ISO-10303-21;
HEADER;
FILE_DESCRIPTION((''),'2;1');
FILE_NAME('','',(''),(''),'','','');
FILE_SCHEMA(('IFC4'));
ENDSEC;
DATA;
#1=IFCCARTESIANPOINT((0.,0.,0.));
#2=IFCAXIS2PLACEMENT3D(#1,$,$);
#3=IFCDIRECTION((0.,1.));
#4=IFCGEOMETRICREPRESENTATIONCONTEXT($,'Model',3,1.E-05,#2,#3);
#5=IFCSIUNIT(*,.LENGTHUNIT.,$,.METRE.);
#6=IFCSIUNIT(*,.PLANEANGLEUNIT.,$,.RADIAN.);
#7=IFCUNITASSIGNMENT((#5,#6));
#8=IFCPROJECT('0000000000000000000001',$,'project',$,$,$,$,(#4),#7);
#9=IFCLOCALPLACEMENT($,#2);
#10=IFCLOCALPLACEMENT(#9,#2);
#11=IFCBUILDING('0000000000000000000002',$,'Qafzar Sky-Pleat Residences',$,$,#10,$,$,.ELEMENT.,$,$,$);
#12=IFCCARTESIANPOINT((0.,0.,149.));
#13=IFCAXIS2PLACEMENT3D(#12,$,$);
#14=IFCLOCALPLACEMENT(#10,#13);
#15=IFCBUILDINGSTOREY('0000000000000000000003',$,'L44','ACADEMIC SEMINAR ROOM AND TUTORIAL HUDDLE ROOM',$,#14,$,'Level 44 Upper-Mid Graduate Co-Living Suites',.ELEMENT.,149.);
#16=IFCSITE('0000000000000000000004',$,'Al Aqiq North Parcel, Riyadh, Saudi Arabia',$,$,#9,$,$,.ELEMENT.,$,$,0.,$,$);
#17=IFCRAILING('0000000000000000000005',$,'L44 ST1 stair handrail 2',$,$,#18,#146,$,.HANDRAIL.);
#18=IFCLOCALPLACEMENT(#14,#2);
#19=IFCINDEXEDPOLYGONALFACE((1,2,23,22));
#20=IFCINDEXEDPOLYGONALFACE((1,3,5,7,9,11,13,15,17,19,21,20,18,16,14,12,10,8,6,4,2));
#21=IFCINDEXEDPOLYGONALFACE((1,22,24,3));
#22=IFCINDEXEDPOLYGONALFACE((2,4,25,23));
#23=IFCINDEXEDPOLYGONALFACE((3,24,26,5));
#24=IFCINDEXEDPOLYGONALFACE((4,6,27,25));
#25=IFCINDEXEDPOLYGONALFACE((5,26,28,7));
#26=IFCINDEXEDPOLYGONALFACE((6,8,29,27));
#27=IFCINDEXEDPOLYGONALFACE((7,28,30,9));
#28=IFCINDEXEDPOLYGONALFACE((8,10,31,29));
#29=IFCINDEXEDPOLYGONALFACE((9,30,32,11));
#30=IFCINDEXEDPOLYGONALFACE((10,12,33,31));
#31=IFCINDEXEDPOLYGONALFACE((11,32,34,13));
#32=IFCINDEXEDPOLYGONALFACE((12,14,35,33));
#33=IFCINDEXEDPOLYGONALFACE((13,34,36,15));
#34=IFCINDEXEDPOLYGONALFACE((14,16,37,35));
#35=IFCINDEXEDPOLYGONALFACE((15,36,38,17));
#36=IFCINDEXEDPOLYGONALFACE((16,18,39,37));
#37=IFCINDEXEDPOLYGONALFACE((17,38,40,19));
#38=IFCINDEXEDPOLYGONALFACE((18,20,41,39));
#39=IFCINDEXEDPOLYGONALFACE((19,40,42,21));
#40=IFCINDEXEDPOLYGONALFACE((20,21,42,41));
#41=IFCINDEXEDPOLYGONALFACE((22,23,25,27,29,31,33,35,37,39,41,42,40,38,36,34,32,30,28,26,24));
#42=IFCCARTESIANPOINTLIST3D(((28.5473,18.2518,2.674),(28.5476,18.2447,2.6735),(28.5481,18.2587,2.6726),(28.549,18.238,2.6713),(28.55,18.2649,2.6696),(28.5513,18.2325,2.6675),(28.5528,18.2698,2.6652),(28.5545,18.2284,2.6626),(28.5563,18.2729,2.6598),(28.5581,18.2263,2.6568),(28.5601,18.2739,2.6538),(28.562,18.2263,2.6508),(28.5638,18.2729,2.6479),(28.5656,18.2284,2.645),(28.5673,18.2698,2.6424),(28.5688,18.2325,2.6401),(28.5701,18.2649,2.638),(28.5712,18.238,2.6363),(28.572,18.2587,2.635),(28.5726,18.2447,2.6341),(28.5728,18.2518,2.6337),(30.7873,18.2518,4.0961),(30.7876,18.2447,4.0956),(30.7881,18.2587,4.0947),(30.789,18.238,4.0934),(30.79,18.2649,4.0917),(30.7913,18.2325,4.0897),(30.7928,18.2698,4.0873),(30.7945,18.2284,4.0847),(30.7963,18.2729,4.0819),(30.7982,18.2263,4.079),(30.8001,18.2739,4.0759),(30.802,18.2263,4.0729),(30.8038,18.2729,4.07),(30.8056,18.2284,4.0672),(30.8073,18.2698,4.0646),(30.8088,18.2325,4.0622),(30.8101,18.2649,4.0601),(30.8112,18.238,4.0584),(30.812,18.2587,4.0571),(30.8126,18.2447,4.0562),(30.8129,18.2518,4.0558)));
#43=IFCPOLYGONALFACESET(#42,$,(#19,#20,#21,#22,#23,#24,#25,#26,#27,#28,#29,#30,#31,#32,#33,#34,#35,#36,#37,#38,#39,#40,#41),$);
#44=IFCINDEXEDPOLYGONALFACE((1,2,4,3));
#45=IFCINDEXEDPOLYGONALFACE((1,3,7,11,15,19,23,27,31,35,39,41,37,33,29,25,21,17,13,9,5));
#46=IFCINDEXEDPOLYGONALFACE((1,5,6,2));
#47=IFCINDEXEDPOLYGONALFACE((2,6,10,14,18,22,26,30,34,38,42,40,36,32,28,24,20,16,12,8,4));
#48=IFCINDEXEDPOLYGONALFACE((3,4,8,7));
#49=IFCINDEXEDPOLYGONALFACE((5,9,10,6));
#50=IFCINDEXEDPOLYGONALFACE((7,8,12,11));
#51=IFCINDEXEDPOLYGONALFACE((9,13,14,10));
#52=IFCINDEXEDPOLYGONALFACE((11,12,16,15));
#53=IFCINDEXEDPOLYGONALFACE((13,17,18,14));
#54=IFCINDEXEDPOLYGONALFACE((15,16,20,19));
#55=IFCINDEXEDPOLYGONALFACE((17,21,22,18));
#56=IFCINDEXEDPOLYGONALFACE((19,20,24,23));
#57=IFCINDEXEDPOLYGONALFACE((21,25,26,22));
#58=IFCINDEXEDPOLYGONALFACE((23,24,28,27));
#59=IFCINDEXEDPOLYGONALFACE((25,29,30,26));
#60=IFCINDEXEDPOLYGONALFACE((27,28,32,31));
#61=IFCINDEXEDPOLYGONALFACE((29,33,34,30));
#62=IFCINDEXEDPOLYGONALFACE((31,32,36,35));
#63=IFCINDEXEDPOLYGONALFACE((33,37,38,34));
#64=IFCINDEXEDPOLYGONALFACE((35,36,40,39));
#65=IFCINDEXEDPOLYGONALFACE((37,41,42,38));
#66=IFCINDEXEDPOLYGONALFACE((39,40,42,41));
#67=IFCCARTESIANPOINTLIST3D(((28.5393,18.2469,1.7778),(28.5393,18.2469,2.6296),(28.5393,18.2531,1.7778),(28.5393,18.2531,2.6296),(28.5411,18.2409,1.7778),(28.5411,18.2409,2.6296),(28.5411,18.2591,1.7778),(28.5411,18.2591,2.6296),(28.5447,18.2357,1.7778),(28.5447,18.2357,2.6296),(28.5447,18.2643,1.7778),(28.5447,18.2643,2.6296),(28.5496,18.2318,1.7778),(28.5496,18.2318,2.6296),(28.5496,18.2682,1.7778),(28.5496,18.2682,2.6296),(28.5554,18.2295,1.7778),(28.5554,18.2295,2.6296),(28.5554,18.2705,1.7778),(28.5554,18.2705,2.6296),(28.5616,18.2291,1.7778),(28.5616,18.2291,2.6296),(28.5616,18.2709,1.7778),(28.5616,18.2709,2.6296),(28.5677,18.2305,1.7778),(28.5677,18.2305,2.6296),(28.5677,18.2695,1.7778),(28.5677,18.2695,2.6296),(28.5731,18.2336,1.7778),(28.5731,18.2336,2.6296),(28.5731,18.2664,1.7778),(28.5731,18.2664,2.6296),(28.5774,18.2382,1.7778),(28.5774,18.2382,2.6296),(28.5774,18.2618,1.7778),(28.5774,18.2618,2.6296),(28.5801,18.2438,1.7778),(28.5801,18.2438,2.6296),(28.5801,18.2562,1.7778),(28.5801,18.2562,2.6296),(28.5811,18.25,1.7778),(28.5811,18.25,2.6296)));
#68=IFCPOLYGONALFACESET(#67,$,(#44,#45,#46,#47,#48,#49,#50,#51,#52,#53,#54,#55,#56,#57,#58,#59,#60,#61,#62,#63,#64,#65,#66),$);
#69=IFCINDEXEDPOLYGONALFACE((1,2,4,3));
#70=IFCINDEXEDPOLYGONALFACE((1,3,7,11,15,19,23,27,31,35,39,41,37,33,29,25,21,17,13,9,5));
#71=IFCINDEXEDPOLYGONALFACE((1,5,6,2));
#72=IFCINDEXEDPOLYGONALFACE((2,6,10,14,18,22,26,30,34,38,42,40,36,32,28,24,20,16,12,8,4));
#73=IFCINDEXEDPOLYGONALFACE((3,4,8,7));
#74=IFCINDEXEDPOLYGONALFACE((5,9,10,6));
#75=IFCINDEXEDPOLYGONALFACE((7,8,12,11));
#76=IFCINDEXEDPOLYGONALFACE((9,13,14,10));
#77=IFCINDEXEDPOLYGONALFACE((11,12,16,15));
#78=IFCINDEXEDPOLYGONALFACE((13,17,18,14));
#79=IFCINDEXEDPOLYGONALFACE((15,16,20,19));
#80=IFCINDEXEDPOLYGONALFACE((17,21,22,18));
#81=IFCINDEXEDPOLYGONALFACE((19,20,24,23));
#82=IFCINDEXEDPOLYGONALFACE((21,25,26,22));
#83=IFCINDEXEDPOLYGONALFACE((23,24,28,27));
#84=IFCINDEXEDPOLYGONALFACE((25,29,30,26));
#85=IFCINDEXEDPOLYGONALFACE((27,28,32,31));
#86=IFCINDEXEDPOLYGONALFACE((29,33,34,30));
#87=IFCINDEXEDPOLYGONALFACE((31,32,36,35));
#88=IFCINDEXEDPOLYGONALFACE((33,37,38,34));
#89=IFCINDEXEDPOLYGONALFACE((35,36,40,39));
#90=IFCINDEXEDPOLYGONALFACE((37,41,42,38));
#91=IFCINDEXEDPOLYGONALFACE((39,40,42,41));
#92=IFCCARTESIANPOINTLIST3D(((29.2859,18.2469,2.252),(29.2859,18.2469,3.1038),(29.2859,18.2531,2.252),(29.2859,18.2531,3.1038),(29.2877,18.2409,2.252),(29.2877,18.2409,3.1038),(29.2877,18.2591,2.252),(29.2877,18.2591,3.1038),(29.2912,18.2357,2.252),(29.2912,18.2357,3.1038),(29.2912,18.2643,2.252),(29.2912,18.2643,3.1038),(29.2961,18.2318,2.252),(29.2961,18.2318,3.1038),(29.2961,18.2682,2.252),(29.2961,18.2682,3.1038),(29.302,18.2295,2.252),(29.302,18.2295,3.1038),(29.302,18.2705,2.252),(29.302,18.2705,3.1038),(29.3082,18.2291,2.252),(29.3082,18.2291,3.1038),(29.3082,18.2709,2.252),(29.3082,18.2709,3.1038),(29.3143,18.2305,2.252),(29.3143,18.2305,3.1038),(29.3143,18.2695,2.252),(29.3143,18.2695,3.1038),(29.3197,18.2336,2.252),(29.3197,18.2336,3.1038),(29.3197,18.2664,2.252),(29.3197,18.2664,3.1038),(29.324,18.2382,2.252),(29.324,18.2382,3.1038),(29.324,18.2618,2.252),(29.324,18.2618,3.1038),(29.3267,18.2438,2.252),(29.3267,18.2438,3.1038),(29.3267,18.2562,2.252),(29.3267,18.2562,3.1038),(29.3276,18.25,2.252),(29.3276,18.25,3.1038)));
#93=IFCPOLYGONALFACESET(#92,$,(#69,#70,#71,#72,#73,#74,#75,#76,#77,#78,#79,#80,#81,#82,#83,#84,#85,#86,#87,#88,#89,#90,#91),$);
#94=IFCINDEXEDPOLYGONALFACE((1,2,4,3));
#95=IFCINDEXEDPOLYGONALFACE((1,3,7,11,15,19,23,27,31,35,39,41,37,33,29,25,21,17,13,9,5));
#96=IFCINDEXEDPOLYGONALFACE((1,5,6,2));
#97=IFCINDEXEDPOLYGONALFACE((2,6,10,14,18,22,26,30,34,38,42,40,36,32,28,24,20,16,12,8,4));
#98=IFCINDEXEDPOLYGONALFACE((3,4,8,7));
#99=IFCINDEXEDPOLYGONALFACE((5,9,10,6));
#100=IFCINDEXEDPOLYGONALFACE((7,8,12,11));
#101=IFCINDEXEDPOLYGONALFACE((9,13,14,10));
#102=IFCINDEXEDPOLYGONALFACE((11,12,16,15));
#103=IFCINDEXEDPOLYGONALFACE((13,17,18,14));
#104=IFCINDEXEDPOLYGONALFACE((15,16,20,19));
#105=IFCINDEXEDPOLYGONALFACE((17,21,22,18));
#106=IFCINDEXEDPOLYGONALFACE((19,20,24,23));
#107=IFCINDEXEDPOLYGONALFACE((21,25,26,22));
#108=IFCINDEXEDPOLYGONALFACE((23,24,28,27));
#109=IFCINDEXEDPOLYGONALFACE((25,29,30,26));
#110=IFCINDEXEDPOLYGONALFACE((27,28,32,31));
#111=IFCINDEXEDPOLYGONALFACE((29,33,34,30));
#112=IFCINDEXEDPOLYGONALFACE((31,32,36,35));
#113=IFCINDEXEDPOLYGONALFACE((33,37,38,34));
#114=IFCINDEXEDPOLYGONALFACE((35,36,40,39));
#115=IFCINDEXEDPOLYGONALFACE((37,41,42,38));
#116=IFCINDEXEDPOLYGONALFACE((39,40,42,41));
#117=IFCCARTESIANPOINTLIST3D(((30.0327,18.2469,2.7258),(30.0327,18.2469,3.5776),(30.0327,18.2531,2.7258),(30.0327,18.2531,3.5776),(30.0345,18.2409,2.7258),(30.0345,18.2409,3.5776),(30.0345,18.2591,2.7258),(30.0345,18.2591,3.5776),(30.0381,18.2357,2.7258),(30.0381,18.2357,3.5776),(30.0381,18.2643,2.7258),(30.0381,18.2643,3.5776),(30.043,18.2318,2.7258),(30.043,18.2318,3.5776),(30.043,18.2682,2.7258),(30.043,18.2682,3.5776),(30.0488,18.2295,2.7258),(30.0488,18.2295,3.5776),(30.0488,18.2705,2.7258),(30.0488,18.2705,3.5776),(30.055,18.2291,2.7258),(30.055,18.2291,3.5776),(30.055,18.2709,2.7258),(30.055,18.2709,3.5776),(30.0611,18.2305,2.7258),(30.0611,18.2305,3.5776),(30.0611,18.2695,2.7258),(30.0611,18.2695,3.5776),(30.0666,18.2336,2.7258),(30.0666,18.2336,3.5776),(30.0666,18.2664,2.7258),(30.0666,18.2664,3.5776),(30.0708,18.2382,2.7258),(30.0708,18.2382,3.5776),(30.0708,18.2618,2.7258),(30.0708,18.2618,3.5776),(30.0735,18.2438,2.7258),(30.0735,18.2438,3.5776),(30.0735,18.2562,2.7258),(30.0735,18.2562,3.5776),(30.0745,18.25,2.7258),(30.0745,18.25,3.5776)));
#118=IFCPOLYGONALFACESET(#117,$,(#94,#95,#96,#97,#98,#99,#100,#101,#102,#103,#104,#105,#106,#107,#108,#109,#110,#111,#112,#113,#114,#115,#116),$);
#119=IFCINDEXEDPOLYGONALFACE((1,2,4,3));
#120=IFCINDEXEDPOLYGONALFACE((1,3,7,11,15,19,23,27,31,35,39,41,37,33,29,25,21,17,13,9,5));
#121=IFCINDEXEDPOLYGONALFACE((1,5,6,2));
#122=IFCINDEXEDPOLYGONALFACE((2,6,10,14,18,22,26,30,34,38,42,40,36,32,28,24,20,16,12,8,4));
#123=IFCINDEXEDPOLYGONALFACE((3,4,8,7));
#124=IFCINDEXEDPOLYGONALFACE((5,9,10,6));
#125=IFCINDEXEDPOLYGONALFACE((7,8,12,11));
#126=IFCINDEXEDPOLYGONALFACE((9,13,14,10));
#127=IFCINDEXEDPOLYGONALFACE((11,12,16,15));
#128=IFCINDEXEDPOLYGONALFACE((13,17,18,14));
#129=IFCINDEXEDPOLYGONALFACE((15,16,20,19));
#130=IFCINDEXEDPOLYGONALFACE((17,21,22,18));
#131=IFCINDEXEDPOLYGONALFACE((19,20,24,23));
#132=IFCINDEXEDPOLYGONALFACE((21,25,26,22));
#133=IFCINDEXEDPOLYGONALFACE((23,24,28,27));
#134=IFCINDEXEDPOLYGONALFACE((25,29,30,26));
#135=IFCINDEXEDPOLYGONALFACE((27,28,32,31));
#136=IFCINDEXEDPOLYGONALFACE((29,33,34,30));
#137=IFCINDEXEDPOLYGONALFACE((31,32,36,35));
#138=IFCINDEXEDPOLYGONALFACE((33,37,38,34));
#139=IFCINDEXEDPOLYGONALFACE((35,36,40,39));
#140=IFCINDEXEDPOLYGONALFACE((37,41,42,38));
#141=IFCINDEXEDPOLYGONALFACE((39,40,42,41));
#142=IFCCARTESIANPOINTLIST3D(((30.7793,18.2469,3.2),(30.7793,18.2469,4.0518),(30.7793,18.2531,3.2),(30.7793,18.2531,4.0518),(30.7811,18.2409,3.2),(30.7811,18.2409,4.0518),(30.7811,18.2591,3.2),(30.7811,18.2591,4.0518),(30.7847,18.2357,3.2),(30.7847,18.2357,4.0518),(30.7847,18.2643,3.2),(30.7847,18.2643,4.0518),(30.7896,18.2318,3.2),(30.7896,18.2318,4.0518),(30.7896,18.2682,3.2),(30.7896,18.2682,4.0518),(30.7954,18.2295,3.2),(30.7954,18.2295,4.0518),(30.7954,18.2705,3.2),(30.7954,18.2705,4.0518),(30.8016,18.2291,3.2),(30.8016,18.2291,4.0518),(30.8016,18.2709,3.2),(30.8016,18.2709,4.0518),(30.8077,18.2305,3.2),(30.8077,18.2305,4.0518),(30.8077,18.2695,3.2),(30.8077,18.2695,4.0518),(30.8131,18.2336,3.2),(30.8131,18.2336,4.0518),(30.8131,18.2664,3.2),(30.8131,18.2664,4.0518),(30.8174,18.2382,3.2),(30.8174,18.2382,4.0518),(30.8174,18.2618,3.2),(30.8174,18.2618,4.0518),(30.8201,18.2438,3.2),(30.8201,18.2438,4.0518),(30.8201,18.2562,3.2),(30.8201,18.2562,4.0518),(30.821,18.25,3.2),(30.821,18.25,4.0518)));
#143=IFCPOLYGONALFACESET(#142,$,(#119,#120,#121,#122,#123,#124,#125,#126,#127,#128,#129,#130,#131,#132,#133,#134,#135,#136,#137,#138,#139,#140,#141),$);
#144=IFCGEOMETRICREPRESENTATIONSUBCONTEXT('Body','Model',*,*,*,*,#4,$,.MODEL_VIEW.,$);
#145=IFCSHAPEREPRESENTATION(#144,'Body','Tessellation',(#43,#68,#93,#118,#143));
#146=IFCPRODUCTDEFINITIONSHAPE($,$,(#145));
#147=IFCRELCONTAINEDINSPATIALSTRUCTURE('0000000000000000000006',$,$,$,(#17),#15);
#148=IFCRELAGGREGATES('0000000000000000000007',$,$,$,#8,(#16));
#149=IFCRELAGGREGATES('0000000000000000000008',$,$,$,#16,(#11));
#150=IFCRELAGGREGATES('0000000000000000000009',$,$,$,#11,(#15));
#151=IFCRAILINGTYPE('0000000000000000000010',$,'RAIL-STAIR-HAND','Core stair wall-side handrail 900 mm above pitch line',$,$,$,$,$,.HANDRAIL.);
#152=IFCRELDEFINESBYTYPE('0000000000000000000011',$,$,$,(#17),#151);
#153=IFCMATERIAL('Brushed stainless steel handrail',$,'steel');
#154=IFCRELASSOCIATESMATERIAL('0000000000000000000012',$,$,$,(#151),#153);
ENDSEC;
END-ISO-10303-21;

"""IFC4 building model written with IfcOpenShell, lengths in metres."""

from ifc_helpers import new_model, si_unit, direction, frame, origin, origin_2d, place, context, subcontext, project, spatial, circle, extrude, source, transform, mapped, material, type_object, element, save


model = new_model("IFC4")

# Units and contexts
model_context = context("Model", 3, precision=1e-05, world=origin(), true_north=direction((0.0, 1.0)))
body_context = subcontext(model_context, "Body", "Model", "MODEL_VIEW")
ifc_project = project(units=[si_unit("LENGTHUNIT", "METRE"), si_unit("PLANEANGLEUNIT", "RADIAN")], contexts=[model_context])

# Site, building, storey
site_placement = place(None, origin())
site = spatial("IfcSite", under=ifc_project, at=site_placement, Name="Al Aqiq North Parcel, Riyadh, Saudi Arabia", CompositionType="ELEMENT", RefElevation=0.0)
building_placement = place(site_placement, origin())
building = spatial("IfcBuilding", under=site, at=building_placement, Name="Qafzar Sky-Pleat Residences", CompositionType="ELEMENT")
storey_placement = place(building_placement, frame((0.0, 0.0, 149.0)))
storey = spatial("IfcBuildingStorey", under=building, at=storey_placement, Name="L44", Description="ACADEMIC SEMINAR ROOM AND TUTORIAL HUDDLE ROOM", LongName="Level 44 Upper-Mid Graduate Co-Living Suites", CompositionType="ELEMENT", Elevation=149.0)

# Railing
ifc_material_1 = material(Name="Brushed stainless steel handrail", Category="steel")
railing_type_1 = type_object("IfcRailingType", Name="RAIL-STAIR-HAND", Description="Core stair wall-side handrail 900 mm above pitch line", PredefinedType="HANDRAIL", material=ifc_material_1)
shared_shape_1 = source(origin(), body_context, "Body", "SweptSolid", [
    extrude(circle(Radius=0.0239, at=origin_2d()), frame((0.0, 0.0, 0.876), z_axis=(0.844229, 0.0, 0.535982), x_axis=(0.0, 1.0, 0.0)), (0.0, 0.0, 1.0), 2.6533),
    extrude(circle(Radius=0.021, at=origin_2d()), origin(), (0.0, 0.0, 1.0), 0.8518),
    extrude(circle(Radius=0.021, at=origin_2d()), frame((0.7466, 0.0, 0.4741)), (0.0, 0.0, 1.0), 0.8518),
    extrude(circle(Radius=0.021, at=origin_2d()), frame((1.4934, 0.0, 0.948)), (0.0, 0.0, 1.0), 0.8518),
    extrude(circle(Radius=0.021, at=origin_2d()), frame((2.24, 0.0, 1.4221)), (0.0, 0.0, 1.0), 0.8518),
])
railing_1_placement = place(storey_placement, frame((28.5601, 18.25, 1.7778)))
element("IfcRailing", 1, at=railing_1_placement, inside=storey, type_object=railing_type_1, Name="L44 ST1 stair handrail 2", PredefinedType="HANDRAIL", context=body_context, shape_type="MappedRepresentation", body=[
    mapped(shared_shape_1, transform((0.0, 0.0, 0.0), x_axis=(1.0, 0.0, 0.0), y_axis=(0.0, 1.0, 0.0), z_axis=(0.0, 0.0, 1.0), scale=1.0)),
])

save(model, "model.ifc")
